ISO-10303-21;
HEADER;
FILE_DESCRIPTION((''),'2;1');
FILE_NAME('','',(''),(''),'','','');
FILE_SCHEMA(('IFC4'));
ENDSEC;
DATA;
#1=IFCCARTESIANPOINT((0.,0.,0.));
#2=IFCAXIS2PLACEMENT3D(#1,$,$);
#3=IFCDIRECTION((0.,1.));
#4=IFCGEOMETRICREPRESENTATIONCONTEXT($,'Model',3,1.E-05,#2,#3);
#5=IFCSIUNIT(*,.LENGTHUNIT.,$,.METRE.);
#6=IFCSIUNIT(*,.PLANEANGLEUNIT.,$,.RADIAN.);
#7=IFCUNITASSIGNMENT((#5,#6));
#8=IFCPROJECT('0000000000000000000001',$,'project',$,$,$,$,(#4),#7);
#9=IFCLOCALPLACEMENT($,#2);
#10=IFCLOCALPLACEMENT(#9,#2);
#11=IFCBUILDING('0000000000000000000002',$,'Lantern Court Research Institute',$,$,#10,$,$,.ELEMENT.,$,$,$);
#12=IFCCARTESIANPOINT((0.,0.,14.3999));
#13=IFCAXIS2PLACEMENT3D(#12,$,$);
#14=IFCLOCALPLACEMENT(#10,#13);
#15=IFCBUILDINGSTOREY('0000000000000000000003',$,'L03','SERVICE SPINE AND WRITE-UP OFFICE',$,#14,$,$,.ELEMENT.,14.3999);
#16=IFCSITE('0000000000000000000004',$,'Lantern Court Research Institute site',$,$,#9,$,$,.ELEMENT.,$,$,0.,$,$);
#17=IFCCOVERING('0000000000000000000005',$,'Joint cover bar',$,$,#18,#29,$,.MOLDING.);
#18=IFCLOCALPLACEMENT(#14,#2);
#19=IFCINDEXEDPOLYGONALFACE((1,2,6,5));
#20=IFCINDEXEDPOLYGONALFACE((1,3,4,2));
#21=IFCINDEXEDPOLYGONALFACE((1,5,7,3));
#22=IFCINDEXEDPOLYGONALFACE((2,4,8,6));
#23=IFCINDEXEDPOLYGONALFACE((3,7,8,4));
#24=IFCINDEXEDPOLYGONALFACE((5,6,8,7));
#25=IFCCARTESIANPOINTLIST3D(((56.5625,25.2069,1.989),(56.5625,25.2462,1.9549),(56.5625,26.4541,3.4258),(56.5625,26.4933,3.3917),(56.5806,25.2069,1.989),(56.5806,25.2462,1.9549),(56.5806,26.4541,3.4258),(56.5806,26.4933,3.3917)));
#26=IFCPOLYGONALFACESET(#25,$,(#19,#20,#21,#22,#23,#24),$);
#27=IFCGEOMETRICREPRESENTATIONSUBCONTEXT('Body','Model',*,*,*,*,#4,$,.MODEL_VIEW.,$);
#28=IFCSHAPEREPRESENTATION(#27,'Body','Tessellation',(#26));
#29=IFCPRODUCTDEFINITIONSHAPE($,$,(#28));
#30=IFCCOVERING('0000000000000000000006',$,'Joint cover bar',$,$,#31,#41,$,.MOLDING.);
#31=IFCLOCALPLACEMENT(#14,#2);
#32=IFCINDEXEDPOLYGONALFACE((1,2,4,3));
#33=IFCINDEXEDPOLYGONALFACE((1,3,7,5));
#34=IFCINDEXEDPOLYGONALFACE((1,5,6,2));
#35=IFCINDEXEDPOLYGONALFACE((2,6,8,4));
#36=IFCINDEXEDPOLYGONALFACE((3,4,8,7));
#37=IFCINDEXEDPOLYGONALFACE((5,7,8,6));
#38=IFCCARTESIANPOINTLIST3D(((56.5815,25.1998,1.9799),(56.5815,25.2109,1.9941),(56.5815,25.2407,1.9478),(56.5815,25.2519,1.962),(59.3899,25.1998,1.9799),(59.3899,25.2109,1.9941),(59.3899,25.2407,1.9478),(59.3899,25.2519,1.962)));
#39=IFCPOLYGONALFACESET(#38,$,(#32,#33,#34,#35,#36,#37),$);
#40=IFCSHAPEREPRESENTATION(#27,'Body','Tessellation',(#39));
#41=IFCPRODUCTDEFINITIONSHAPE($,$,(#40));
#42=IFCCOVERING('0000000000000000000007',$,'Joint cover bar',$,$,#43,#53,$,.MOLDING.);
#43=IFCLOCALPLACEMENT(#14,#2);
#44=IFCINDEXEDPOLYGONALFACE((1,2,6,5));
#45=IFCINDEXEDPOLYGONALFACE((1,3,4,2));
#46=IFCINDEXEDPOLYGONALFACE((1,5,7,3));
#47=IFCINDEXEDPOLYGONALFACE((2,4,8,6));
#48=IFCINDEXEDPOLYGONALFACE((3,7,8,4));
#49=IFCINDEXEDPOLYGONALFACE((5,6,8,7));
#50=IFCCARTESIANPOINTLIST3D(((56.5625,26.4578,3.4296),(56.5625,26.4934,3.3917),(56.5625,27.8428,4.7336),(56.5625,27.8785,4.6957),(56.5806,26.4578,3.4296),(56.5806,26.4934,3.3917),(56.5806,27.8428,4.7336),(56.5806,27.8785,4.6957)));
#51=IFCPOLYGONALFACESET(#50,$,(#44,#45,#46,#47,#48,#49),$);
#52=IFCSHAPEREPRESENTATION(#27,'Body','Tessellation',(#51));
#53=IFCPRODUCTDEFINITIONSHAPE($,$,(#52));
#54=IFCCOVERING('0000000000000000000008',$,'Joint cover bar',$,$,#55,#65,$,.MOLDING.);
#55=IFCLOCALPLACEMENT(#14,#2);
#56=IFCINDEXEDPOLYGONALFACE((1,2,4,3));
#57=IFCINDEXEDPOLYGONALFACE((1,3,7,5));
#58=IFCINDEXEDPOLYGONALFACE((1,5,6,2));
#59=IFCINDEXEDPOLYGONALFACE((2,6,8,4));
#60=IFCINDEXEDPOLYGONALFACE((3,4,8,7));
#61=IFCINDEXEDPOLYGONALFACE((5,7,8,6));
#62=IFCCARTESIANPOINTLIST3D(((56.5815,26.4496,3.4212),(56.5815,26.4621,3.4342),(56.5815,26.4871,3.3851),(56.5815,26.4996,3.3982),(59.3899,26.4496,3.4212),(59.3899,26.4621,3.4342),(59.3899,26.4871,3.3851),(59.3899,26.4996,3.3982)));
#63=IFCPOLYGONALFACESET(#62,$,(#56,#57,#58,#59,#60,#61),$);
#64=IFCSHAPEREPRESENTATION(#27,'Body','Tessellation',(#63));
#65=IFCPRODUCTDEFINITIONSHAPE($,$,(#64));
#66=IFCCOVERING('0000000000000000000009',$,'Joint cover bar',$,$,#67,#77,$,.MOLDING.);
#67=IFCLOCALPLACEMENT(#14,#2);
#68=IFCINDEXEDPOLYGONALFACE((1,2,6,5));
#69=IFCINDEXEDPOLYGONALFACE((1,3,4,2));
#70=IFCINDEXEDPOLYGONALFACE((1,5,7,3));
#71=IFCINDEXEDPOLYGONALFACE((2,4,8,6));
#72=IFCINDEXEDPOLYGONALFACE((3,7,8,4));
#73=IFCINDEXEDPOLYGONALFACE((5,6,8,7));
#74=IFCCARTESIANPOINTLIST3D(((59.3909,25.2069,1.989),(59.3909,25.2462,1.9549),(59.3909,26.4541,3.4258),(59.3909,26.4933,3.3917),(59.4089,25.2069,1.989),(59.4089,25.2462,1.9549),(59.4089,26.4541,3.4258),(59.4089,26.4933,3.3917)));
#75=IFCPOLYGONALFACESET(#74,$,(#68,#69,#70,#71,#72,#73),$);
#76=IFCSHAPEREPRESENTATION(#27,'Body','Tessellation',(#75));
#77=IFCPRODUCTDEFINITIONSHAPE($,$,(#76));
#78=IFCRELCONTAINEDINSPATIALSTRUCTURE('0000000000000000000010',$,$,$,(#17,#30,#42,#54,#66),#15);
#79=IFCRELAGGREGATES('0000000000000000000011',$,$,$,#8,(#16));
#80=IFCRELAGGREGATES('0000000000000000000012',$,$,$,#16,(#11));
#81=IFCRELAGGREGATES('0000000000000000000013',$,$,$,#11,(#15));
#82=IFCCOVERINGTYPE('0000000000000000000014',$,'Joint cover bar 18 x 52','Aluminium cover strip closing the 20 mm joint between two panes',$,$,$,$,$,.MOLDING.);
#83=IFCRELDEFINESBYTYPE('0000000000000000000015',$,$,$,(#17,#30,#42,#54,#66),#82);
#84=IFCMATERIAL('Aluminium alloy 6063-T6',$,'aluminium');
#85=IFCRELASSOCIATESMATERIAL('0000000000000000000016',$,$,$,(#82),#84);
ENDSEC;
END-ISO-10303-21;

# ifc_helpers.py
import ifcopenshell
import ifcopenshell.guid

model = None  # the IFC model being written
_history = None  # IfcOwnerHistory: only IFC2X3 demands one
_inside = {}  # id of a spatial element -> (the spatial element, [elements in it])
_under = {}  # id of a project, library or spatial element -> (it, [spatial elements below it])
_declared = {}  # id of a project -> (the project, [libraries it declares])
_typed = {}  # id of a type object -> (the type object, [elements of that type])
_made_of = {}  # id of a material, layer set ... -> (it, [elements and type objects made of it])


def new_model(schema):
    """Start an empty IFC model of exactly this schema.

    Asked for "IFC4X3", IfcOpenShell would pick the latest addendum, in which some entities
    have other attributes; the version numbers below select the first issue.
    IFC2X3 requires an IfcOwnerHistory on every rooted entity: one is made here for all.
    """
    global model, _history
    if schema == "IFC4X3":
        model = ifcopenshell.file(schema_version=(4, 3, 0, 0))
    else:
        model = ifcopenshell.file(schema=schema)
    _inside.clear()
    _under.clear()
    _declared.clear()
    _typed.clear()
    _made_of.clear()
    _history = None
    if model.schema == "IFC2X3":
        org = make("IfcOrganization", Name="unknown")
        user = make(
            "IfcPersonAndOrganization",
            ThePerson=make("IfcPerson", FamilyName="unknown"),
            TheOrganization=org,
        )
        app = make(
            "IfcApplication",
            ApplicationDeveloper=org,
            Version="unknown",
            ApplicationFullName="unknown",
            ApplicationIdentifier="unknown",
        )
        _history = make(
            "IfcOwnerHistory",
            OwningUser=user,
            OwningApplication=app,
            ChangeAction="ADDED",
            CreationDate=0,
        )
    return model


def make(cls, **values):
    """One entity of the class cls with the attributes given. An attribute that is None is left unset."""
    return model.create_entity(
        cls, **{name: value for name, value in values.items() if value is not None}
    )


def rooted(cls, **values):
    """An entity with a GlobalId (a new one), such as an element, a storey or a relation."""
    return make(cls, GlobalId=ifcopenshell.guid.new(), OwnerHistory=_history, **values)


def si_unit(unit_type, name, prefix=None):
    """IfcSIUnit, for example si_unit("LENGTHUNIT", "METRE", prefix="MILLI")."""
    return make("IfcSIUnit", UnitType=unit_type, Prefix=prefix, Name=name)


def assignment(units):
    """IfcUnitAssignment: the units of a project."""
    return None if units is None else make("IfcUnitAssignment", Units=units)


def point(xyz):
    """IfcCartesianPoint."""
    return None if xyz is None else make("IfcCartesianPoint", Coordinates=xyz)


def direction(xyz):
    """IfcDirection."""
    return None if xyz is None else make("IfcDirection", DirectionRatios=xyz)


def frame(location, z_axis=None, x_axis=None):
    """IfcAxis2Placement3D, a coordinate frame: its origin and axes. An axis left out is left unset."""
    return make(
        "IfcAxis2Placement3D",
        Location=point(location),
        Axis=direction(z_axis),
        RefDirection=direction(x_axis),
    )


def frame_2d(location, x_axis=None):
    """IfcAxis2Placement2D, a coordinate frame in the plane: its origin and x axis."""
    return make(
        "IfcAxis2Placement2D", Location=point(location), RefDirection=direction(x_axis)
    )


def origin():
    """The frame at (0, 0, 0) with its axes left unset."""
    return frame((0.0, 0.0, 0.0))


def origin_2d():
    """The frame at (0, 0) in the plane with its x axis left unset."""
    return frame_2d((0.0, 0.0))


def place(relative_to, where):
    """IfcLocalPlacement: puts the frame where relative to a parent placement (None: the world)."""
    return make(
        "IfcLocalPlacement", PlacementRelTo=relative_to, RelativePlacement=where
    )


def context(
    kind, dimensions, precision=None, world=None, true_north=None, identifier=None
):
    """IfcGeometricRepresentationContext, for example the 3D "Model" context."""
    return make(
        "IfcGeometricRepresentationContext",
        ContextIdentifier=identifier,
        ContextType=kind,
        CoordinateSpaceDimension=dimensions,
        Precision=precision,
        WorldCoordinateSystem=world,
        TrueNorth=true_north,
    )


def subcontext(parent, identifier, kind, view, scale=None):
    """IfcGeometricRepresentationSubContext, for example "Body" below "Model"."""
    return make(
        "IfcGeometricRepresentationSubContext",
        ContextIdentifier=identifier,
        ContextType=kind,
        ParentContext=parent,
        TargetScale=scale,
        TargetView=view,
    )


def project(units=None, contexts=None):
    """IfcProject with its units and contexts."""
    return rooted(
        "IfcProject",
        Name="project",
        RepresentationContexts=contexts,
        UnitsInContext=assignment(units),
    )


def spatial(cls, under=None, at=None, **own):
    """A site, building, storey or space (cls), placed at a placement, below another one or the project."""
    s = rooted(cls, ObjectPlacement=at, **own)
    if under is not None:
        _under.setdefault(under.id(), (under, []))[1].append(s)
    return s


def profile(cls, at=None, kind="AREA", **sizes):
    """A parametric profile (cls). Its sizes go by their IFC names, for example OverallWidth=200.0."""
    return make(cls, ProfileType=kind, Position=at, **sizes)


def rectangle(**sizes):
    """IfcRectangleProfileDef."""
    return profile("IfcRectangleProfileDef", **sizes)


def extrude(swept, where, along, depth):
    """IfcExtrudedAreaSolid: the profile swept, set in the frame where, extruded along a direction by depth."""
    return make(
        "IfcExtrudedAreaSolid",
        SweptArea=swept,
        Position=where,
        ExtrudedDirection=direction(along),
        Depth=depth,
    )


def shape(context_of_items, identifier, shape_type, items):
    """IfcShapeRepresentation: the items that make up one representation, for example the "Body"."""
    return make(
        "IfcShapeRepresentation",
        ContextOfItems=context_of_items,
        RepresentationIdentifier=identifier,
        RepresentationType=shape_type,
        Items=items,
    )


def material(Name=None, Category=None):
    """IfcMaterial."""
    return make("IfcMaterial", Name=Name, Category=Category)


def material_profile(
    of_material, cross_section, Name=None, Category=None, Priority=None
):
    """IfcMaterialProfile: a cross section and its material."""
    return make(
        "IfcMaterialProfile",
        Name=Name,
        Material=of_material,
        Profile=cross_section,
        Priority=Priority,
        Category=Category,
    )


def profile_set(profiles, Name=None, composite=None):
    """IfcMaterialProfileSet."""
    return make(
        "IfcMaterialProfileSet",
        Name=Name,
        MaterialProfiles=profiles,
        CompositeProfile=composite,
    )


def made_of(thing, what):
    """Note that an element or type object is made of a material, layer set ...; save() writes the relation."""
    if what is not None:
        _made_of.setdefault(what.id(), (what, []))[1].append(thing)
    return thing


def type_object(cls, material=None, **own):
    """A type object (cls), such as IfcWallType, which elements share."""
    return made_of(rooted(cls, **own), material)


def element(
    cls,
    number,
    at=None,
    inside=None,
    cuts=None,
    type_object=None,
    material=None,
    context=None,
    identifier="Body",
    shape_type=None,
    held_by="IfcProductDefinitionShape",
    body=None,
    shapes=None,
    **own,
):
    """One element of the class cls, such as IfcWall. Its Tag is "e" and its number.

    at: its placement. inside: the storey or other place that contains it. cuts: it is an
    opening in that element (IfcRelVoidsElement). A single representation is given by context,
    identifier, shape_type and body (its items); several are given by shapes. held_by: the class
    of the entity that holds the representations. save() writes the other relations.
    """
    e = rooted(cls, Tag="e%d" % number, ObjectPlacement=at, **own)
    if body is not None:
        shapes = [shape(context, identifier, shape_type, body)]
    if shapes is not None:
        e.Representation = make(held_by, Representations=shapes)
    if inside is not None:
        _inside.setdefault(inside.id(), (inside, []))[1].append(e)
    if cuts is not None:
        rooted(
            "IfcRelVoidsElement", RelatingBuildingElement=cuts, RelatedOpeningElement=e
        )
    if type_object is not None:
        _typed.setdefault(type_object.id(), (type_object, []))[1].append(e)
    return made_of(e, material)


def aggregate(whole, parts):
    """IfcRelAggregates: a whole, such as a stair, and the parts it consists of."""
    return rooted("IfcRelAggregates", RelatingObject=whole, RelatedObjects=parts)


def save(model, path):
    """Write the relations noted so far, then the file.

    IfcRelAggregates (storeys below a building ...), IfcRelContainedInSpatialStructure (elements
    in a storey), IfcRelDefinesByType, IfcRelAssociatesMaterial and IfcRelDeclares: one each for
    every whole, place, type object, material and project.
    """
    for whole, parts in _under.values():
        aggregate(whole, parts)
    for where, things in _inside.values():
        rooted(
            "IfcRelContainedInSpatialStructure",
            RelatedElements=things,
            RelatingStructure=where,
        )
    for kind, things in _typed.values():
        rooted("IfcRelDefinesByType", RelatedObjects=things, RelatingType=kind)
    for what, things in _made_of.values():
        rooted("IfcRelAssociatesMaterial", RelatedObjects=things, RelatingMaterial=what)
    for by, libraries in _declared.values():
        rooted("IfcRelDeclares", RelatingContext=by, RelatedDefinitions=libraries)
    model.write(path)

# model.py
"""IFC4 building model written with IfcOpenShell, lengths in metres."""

from ifc_helpers import new_model, si_unit, direction, frame, origin, origin_2d, place, context, subcontext, project, spatial, rectangle, extrude, material, material_profile, profile_set, type_object, element, save


model = new_model("IFC4")

# Units and contexts
model_context = context("Model", 3, precision=1e-05, world=origin(), true_north=direction((0.0, 1.0)))
body_context = subcontext(model_context, "Body", "Model", "MODEL_VIEW")
ifc_project = project(units=[si_unit("LENGTHUNIT", "METRE"), si_unit("PLANEANGLEUNIT", "RADIAN")], contexts=[model_context])

# Site, building, storey
site_placement = place(None, origin())
site = spatial("IfcSite", under=ifc_project, at=site_placement, Name="Lantern Court Research Institute site", CompositionType="ELEMENT", RefElevation=0.0)
building_placement = place(site_placement, origin())
building = spatial("IfcBuilding", under=site, at=building_placement, Name="Lantern Court Research Institute", CompositionType="ELEMENT")
storey_placement = place(building_placement, frame((0.0, 0.0, 14.3999)))
storey = spatial("IfcBuildingStorey", under=building, at=storey_placement, Name="L03", Description="SERVICE SPINE AND WRITE-UP OFFICE", CompositionType="ELEMENT", Elevation=14.3999)

# Coverings
ifc_material_1 = material(Name="Aluminium alloy 6063-T6", Category="aluminium")
ifc_material_profile_1 = material_profile(ifc_material_1, rectangle(XDim=0.0181, YDim=0.052, at=origin_2d()), Name="Joint cover bar 18 x 52")
ifc_profile_set_1 = profile_set([ifc_material_profile_1], Name="Aluminium alloy 6063-T6")
covering_type = type_object("IfcCoveringType", Name="Joint cover bar 18 x 52", Description="Aluminium cover strip closing the 20 mm joint between two panes", PredefinedType="MOLDING", material=ifc_profile_set_1)
covering_1_placement = place(storey_placement, frame((56.5715, 25.2266, 1.9719), z_axis=(0.0, 0.655492, 0.755202), x_axis=(-1.0, 0.0, 0.0)))
element("IfcCovering", 1, at=covering_1_placement, inside=storey, type_object=covering_type, Name="Joint cover bar", PredefinedType="MOLDING", context=body_context, shape_type="SweptSolid", body=[
    extrude(rectangle(XDim=0.0181, YDim=0.052, at=origin_2d()), origin(), (0.0, 0.0, 1.0), 1.9026),
])
covering_2_placement = place(storey_placement, frame((56.5815, 25.2258, 1.9709), z_axis=(1.0, 0.0, 0.0), x_axis=(0.0, 0.616657, 0.787232)))
element("IfcCovering", 2, at=covering_2_placement, inside=storey, type_object=covering_type, Name="Joint cover bar", PredefinedType="MOLDING", context=body_context, shape_type="SweptSolid", body=[
    extrude(rectangle(XDim=0.0181, YDim=0.052, at=origin_2d()), origin(), (0.0, 0.0, 1.0), 2.8083),
])
covering_3_placement = place(storey_placement, frame((56.5715, 26.4756, 3.4106), z_axis=(0.0, 0.728091, 0.685481), x_axis=(-1.0, 0.0, 0.0)))
element("IfcCovering", 3, at=covering_3_placement, inside=storey, type_object=covering_type, Name="Joint cover bar", PredefinedType="MOLDING", context=body_context, shape_type="SweptSolid", body=[
    extrude(rectangle(XDim=0.0181, YDim=0.052, at=origin_2d()), origin(), (0.0, 0.0, 1.0), 1.9023),
])
covering_4_placement = place(storey_placement, frame((56.5815, 26.4746, 3.4097), z_axis=(1.0, 0.0, 0.0), x_axis=(0.0, 0.692674, 0.721251)))
element("IfcCovering", 4, at=covering_4_placement, inside=storey, type_object=covering_type, Name="Joint cover bar", PredefinedType="MOLDING", context=body_context, shape_type="SweptSolid", body=[
    extrude(rectangle(XDim=0.0181, YDim=0.052, at=origin_2d()), origin(), (0.0, 0.0, 1.0), 2.8083),
])
covering_5_placement = place(storey_placement, frame((59.3999, 25.2266, 1.9719), z_axis=(0.0, 0.655492, 0.755202), x_axis=(-1.0, 0.0, 0.0)))
element("IfcCovering", 5, at=covering_5_placement, inside=storey, type_object=covering_type, Name="Joint cover bar", PredefinedType="MOLDING", context=body_context, shape_type="SweptSolid", body=[
    extrude(rectangle(XDim=0.0181, YDim=0.052, at=origin_2d()), origin(), (0.0, 0.0, 1.0), 1.9026),
])

save(model, "model.ifc")
